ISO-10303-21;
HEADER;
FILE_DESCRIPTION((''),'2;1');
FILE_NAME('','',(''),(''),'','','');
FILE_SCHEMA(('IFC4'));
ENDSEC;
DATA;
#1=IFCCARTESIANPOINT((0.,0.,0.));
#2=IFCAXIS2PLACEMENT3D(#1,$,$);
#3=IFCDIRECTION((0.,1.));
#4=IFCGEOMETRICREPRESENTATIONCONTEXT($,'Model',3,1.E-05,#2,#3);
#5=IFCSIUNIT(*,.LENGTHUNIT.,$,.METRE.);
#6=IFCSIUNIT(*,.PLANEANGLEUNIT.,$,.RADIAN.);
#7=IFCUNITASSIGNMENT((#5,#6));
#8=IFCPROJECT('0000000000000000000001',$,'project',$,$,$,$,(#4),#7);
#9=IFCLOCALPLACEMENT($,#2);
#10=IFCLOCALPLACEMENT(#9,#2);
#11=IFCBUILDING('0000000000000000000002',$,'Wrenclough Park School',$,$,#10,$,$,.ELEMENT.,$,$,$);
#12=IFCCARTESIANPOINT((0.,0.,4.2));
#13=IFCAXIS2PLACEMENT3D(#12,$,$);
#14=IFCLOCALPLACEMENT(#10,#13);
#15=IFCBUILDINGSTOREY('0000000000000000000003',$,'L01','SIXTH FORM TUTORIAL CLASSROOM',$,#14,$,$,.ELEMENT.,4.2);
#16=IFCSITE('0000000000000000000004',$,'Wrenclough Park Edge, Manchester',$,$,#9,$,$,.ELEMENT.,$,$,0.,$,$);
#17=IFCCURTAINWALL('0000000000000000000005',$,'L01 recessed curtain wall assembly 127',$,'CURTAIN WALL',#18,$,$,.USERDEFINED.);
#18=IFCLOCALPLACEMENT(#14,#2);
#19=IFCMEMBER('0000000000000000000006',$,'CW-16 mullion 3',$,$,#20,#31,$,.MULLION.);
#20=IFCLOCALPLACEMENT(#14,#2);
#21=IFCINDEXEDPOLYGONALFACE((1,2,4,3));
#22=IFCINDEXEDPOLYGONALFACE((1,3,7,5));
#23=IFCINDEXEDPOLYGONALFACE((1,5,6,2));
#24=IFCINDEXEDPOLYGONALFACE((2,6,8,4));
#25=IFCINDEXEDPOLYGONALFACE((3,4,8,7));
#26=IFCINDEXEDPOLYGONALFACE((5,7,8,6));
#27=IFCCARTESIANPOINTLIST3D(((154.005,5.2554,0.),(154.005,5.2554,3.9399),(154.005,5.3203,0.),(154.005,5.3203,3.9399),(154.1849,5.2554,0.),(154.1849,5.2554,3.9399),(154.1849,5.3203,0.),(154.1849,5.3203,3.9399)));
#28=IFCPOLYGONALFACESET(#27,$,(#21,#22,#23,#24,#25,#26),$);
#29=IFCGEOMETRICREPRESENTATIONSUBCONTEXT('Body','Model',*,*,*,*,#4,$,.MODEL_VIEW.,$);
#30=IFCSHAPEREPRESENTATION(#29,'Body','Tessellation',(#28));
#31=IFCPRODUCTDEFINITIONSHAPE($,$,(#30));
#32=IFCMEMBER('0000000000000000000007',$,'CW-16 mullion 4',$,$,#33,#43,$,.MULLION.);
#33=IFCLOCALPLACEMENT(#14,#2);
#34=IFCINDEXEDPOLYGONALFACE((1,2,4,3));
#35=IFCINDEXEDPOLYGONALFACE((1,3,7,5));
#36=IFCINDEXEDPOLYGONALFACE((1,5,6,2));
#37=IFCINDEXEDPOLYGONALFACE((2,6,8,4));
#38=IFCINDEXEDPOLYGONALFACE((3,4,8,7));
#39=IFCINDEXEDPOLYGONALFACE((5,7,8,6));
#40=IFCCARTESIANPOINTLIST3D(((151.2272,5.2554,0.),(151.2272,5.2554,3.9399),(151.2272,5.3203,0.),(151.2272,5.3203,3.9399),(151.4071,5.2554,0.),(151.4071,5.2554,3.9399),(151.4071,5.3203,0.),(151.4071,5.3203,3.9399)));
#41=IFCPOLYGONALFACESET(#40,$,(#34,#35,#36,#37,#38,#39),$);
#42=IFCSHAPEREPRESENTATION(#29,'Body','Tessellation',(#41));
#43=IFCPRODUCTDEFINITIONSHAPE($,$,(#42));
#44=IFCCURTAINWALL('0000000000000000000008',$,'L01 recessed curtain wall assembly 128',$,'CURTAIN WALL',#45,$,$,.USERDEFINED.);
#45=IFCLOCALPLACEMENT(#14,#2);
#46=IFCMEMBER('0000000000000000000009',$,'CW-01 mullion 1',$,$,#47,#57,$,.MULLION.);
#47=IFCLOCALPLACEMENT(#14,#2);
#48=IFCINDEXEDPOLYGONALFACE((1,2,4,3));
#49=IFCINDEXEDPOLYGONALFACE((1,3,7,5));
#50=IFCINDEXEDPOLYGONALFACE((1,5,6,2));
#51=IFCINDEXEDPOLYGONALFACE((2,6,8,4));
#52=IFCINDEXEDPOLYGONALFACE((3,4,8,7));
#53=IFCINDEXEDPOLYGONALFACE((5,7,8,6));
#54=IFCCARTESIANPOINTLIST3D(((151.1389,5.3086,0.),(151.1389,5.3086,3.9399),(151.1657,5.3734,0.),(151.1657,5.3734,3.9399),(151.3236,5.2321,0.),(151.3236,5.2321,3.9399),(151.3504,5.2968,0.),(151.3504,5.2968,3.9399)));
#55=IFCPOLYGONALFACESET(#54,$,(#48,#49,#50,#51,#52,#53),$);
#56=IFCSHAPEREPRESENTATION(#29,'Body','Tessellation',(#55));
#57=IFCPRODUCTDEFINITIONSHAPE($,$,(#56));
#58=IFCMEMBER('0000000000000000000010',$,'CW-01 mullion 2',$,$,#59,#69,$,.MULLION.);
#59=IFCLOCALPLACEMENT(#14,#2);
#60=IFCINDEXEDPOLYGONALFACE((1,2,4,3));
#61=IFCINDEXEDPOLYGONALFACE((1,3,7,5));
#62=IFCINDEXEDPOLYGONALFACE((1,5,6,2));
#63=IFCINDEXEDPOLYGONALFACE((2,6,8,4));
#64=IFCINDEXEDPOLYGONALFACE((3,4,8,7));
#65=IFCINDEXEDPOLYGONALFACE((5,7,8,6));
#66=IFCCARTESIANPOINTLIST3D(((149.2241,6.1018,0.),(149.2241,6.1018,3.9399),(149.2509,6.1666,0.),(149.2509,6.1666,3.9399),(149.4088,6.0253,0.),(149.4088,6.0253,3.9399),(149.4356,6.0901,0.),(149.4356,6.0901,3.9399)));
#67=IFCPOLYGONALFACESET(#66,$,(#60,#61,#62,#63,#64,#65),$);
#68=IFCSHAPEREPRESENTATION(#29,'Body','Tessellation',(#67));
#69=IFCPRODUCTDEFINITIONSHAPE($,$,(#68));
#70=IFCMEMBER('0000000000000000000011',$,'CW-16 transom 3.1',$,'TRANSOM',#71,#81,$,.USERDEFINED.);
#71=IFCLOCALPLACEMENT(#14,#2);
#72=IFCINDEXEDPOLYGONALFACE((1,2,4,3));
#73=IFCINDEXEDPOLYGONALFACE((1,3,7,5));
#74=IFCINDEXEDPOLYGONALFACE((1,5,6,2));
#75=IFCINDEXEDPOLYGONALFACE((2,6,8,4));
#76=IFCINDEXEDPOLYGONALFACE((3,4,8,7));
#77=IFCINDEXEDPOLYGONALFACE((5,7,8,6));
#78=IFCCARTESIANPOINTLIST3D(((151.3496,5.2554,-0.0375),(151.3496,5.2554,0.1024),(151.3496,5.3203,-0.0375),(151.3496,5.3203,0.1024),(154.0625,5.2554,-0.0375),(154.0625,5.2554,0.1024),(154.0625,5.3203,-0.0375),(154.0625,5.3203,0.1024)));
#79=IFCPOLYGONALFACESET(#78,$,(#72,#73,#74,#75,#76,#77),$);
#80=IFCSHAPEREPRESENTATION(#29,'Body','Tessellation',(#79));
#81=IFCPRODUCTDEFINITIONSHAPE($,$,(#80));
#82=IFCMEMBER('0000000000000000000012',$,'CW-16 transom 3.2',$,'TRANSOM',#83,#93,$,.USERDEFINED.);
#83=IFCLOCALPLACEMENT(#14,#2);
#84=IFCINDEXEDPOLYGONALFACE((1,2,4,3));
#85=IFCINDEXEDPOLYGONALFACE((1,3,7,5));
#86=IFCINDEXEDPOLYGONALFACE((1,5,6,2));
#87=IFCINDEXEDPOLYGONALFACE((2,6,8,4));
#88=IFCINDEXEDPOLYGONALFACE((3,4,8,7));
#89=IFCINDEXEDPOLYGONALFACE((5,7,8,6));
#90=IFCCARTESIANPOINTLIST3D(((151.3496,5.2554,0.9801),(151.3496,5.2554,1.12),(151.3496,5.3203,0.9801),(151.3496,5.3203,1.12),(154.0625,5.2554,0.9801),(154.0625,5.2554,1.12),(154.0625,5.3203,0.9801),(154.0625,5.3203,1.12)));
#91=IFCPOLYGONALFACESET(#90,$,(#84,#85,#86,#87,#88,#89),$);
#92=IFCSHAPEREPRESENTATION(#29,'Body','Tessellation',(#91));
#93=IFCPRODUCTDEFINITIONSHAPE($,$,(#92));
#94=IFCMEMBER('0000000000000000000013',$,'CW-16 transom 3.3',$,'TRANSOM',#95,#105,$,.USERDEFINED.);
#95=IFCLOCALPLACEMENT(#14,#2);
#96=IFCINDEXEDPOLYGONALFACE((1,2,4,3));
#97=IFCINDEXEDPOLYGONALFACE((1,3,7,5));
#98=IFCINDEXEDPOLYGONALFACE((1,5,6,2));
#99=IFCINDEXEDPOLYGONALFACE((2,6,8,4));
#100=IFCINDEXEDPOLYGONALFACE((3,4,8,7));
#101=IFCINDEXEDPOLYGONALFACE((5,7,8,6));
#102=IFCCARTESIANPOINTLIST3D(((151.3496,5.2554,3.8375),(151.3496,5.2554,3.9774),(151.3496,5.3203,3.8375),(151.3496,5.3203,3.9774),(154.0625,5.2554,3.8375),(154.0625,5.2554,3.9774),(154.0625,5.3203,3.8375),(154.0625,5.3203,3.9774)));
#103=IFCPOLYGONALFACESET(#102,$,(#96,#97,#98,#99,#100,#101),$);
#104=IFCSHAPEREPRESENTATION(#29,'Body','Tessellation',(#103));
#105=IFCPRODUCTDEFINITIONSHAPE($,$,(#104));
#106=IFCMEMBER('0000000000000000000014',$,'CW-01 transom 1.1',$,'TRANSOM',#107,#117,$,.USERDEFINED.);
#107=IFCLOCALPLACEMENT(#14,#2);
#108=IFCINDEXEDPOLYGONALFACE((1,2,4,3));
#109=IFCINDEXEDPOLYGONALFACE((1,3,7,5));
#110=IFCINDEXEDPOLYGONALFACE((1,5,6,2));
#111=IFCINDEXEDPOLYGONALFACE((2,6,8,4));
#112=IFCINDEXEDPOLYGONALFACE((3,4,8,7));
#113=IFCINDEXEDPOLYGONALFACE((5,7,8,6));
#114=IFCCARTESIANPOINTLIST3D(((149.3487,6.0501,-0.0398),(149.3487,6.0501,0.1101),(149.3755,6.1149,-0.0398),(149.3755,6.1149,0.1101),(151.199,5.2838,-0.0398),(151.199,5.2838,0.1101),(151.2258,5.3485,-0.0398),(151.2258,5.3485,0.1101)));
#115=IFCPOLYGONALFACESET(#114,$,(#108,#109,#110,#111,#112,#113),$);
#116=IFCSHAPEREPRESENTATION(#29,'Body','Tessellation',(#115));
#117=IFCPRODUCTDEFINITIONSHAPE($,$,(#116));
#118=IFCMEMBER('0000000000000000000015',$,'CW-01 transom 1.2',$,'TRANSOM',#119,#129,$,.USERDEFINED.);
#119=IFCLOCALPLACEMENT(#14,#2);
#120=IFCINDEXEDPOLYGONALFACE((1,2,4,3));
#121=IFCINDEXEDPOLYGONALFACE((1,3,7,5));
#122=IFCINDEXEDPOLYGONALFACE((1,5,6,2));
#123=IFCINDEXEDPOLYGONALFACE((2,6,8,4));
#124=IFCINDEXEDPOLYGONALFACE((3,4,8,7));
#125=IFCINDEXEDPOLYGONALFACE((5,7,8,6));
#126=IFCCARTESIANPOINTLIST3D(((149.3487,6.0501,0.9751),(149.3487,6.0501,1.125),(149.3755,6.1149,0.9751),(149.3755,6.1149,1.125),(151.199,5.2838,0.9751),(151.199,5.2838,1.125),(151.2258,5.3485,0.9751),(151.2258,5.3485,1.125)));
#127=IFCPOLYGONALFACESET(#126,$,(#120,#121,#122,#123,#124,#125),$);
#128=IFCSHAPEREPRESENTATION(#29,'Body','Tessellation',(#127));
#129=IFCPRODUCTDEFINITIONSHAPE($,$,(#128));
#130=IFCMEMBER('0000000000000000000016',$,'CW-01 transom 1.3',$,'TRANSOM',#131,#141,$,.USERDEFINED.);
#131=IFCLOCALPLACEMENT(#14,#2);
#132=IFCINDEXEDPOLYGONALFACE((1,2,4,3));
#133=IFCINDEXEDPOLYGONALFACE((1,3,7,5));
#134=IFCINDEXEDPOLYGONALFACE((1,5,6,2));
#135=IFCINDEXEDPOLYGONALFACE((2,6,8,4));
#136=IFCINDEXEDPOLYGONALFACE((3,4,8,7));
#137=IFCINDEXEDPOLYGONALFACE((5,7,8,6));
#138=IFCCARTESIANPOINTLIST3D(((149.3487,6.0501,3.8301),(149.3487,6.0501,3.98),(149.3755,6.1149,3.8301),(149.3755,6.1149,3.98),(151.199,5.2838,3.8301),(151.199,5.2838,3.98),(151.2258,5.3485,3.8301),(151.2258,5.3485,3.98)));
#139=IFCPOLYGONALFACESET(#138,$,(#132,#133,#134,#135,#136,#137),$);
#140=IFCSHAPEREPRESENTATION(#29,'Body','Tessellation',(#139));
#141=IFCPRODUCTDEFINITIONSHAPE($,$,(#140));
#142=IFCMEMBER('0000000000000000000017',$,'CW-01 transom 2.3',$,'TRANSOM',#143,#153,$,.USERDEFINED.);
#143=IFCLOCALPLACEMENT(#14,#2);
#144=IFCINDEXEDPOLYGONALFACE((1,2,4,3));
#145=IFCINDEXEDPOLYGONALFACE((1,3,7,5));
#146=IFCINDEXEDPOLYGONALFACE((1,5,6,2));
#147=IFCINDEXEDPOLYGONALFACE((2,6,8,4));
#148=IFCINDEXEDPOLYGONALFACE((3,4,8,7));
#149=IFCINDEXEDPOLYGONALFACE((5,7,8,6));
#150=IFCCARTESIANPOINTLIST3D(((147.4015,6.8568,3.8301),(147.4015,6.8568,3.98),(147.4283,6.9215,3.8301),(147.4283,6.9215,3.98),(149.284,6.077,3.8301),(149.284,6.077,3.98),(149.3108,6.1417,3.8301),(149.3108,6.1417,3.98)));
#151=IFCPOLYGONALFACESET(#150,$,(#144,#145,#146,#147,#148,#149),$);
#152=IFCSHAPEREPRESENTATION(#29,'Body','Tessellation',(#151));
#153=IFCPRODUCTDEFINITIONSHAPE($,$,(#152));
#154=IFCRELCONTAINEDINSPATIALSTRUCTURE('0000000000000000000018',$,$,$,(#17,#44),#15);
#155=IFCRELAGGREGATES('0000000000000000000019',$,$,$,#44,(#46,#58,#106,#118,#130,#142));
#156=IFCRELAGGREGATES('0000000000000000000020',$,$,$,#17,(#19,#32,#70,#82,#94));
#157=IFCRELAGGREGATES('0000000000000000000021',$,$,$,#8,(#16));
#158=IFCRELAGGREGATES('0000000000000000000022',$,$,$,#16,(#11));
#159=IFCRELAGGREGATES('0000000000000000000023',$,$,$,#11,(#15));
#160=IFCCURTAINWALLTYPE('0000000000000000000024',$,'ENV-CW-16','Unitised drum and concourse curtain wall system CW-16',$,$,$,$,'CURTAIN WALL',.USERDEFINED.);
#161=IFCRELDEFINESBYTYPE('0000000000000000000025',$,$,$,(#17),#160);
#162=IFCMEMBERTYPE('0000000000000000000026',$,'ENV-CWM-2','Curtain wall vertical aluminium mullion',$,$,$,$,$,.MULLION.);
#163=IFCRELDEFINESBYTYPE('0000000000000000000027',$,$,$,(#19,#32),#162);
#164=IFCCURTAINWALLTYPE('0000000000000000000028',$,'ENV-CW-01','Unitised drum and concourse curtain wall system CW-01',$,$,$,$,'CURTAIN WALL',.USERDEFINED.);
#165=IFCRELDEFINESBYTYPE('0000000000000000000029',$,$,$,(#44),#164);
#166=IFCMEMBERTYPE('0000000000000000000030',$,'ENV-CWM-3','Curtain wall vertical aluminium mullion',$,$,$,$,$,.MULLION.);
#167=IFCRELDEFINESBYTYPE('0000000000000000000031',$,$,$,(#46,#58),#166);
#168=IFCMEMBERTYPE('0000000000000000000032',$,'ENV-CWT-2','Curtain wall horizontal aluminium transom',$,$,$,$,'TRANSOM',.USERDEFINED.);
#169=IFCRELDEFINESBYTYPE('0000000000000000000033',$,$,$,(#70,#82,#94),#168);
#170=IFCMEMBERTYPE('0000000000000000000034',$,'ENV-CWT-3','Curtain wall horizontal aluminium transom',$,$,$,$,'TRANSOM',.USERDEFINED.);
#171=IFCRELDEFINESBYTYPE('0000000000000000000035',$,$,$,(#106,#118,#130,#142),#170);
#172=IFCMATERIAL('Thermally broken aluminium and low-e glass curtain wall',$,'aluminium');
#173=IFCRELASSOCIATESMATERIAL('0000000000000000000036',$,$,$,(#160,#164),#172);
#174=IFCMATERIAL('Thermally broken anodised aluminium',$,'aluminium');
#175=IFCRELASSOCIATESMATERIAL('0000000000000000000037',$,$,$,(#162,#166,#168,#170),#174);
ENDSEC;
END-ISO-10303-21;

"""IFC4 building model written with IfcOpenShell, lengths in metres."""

from ifc_helpers import new_model, si_unit, direction, frame, origin, origin_2d, place, context, subcontext, project, spatial, rectangle, extrude, material, material_profile, profile_set, type_object, element, aggregate, save


model = new_model("IFC4")

# Units and contexts
model_context = context("Model", 3, precision=1e-05, world=origin(), true_north=direction((0.0, 1.0)))
body_context = subcontext(model_context, "Body", "Model", "MODEL_VIEW")
ifc_project = project(units=[si_unit("LENGTHUNIT", "METRE"), si_unit("PLANEANGLEUNIT", "RADIAN")], contexts=[model_context])

# Site, building, storey
site_placement = place(None, origin())
site = spatial("IfcSite", under=ifc_project, at=site_placement, Name="Wrenclough Park Edge, Manchester", CompositionType="ELEMENT", RefElevation=0.0)
building_placement = place(site_placement, origin())
building = spatial("IfcBuilding", under=site, at=building_placement, Name="Wrenclough Park School", CompositionType="ELEMENT")
storey_placement = place(building_placement, frame((0.0, 0.0, 4.2)))
storey = spatial("IfcBuildingStorey", under=building, at=storey_placement, Name="L01", Description="SIXTH FORM TUTORIAL CLASSROOM", CompositionType="ELEMENT", Elevation=4.2)

# Curtain walls, members
ifc_material_1 = material(Name="Thermally broken aluminium and low-e glass curtain wall", Category="aluminium")
curtain_wall_type_1 = type_object("IfcCurtainWallType", Name="ENV-CW-16", Description="Unitised drum and concourse curtain wall system CW-16", ElementType="CURTAIN WALL", PredefinedType="USERDEFINED", material=ifc_material_1)
curtain_wall_1_placement = place(storey_placement, origin())
curtain_wall_1 = element("IfcCurtainWall", 1, at=curtain_wall_1_placement, inside=storey, type_object=curtain_wall_type_1, Name="L01 recessed curtain wall assembly 127", ObjectType="CURTAIN WALL", PredefinedType="USERDEFINED")
ifc_material_2 = material(Name="Thermally broken anodised aluminium", Category="aluminium")
ifc_material_profile_1 = material_profile(ifc_material_2, rectangle(XDim=0.0649, YDim=0.1799, at=origin_2d()), Name="AL MULLION 65x180")
ifc_profile_set_1 = profile_set([ifc_material_profile_1], Name="Thermally broken anodised aluminium")
member_type_1 = type_object("IfcMemberType", Name="ENV-CWM-2", Description="Curtain wall vertical aluminium mullion", PredefinedType="MULLION", material=ifc_profile_set_1)
member_1_placement = place(storey_placement, frame((154.095, 5.2878, 0.0), z_axis=(0.0, 0.0, 1.0), x_axis=(0.0, -1.0, 0.0)))
member_1 = element("IfcMember", 2, at=member_1_placement, type_object=member_type_1, Name="CW-16 mullion 3", PredefinedType="MULLION", context=body_context, shape_type="SweptSolid", body=[
    extrude(rectangle(XDim=0.0649, YDim=0.1799, at=origin_2d()), origin(), (0.0, 0.0, 1.0), 3.9399),
])
member_2_placement = place(storey_placement, frame((151.3171, 5.2878, 0.0), z_axis=(0.0, 0.0, 1.0), x_axis=(0.0, -1.0, 0.0)))
member_2 = element("IfcMember", 3, at=member_2_placement, type_object=member_type_1, Name="CW-16 mullion 4", PredefinedType="MULLION", context=body_context, shape_type="SweptSolid", body=[
    extrude(rectangle(XDim=0.0649, YDim=0.1799, at=origin_2d()), origin(), (0.0, 0.0, 1.0), 3.9399),
])
curtain_wall_type_2 = type_object("IfcCurtainWallType", Name="ENV-CW-01", Description="Unitised drum and concourse curtain wall system CW-01", ElementType="CURTAIN WALL", PredefinedType="USERDEFINED", material=ifc_material_1)
curtain_wall_2_placement = place(storey_placement, origin())
curtain_wall_2 = element("IfcCurtainWall", 4, at=curtain_wall_2_placement, inside=storey, type_object=curtain_wall_type_2, Name="L01 recessed curtain wall assembly 128", ObjectType="CURTAIN WALL", PredefinedType="USERDEFINED")
ifc_material_profile_2 = material_profile(ifc_material_2, rectangle(XDim=0.0701, YDim=0.2, at=origin_2d()), Name="AL MULLION 70x200")
ifc_profile_set_2 = profile_set([ifc_material_profile_2], Name="Thermally broken anodised aluminium")
member_type_2 = type_object("IfcMemberType", Name="ENV-CWM-3", Description="Curtain wall vertical aluminium mullion", PredefinedType="MULLION", material=ifc_profile_set_2)
member_3_placement = place(storey_placement, frame((151.2446, 5.3027, 0.0), z_axis=(0.0, 0.0, 1.0), x_axis=(-0.382687, -0.923878, 0.0)))
member_3 = element("IfcMember", 5, at=member_3_placement, type_object=member_type_2, Name="CW-01 mullion 1", PredefinedType="MULLION", context=body_context, shape_type="SweptSolid", body=[
    extrude(rectangle(XDim=0.0701, YDim=0.2, at=origin_2d()), origin(), (0.0, 0.0, 1.0), 3.9399),
])
member_4_placement = place(storey_placement, frame((149.3298, 6.0959, 0.0), z_axis=(0.0, 0.0, 1.0), x_axis=(-0.382687, -0.923878, 0.0)))
member_4 = element("IfcMember", 6, at=member_4_placement, type_object=member_type_2, Name="CW-01 mullion 2", PredefinedType="MULLION", context=body_context, shape_type="SweptSolid", body=[
    extrude(rectangle(XDim=0.0701, YDim=0.2, at=origin_2d()), origin(), (0.0, 0.0, 1.0), 3.9399),
])

# Members
ifc_material_profile_3 = material_profile(ifc_material_2, rectangle(XDim=0.0649, YDim=0.1399, at=origin_2d()), Name="AL TRANSOM 65x140")
ifc_profile_set_3 = profile_set([ifc_material_profile_3], Name="Thermally broken anodised aluminium")
member_type_3 = type_object("IfcMemberType", Name="ENV-CWT-2", Description="Curtain wall horizontal aluminium transom", ElementType="TRANSOM", PredefinedType="USERDEFINED", material=ifc_profile_set_3)
member_5_placement = place(storey_placement, frame((154.0625, 5.2878, 0.0325), z_axis=(-1.0, 0.0, 0.0), x_axis=(0.0, -1.0, 0.0)))
member_5 = element("IfcMember", 7, at=member_5_placement, type_object=member_type_3, Name="CW-16 transom 3.1", ObjectType="TRANSOM", PredefinedType="USERDEFINED", context=body_context, shape_type="SweptSolid", body=[
    extrude(rectangle(XDim=0.0649, YDim=0.1399, at=origin_2d()), origin(), (0.0, 0.0, 1.0), 2.7129),
])
member_6_placement = place(storey_placement, frame((154.0625, 5.2878, 1.05), z_axis=(-1.0, 0.0, 0.0), x_axis=(0.0, -1.0, 0.0)))
member_6 = element("IfcMember", 8, at=member_6_placement, type_object=member_type_3, Name="CW-16 transom 3.2", ObjectType="TRANSOM", PredefinedType="USERDEFINED", context=body_context, shape_type="SweptSolid", body=[
    extrude(rectangle(XDim=0.0649, YDim=0.1399, at=origin_2d()), origin(), (0.0, 0.0, 1.0), 2.7129),
])
member_7_placement = place(storey_placement, frame((154.0625, 5.2878, 3.9075), z_axis=(-1.0, 0.0, 0.0), x_axis=(0.0, -1.0, 0.0)))
member_7 = element("IfcMember", 9, at=member_7_placement, type_object=member_type_3, Name="CW-16 transom 3.3", ObjectType="TRANSOM", PredefinedType="USERDEFINED", context=body_context, shape_type="SweptSolid", body=[
    extrude(rectangle(XDim=0.0649, YDim=0.1399, at=origin_2d()), origin(), (0.0, 0.0, 1.0), 2.7129),
])
ifc_material_profile_4 = material_profile(ifc_material_2, rectangle(XDim=0.0701, YDim=0.1499, at=origin_2d()), Name="AL TRANSOM 70x150")
ifc_profile_set_4 = profile_set([ifc_material_profile_4], Name="Thermally broken anodised aluminium")
member_type_4 = type_object("IfcMemberType", Name="ENV-CWT-3", Description="Curtain wall horizontal aluminium transom", ElementType="TRANSOM", PredefinedType="USERDEFINED", material=ifc_profile_set_4)
member_8_placement = place(storey_placement, frame((151.2124, 5.3162, 0.0352), z_axis=(-0.923894, 0.38265, 0.0), x_axis=(-0.38265, -0.923894, 0.0)))
member_8 = element("IfcMember", 10, at=member_8_placement, type_object=member_type_4, Name="CW-01 transom 1.1", ObjectType="TRANSOM", PredefinedType="USERDEFINED", context=body_context, shape_type="SweptSolid", body=[
    extrude(rectangle(XDim=0.0701, YDim=0.1499, at=origin_2d()), origin(), (0.0, 0.0, 1.0), 2.0027),
])
member_9_placement = place(storey_placement, frame((151.2124, 5.3162, 1.05), z_axis=(-0.923894, 0.38265, 0.0), x_axis=(-0.38265, -0.923894, 0.0)))
member_9 = element("IfcMember", 11, at=member_9_placement, type_object=member_type_4, Name="CW-01 transom 1.2", ObjectType="TRANSOM", PredefinedType="USERDEFINED", context=body_context, shape_type="SweptSolid", body=[
    extrude(rectangle(XDim=0.0701, YDim=0.1499, at=origin_2d()), origin(), (0.0, 0.0, 1.0), 2.0027),
])
member_10_placement = place(storey_placement, frame((151.2124, 5.3162, 3.905), z_axis=(-0.923894, 0.38265, 0.0), x_axis=(-0.38265, -0.923894, 0.0)))
member_10 = element("IfcMember", 12, at=member_10_placement, type_object=member_type_4, Name="CW-01 transom 1.3", ObjectType="TRANSOM", PredefinedType="USERDEFINED", context=body_context, shape_type="SweptSolid", body=[
    extrude(rectangle(XDim=0.0701, YDim=0.1499, at=origin_2d()), origin(), (0.0, 0.0, 1.0), 2.0027),
])
member_11_placement = place(storey_placement, frame((149.2974, 6.1094, 3.905), z_axis=(-0.92388, 0.382683, 0.0), x_axis=(-0.382683, -0.92388, 0.0)))
member_11 = element("IfcMember", 13, at=member_11_placement, type_object=member_type_4, Name="CW-01 transom 2.3", ObjectType="TRANSOM", PredefinedType="USERDEFINED", context=body_context, shape_type="SweptSolid", body=[
    extrude(rectangle(XDim=0.0701, YDim=0.1499, at=origin_2d()), origin(), (0.0, 0.0, 1.0), 2.0376),
])

aggregate(curtain_wall_2, [member_3, member_4, member_8, member_9, member_10, member_11])
aggregate(curtain_wall_1, [member_1, member_2, member_5, member_6, member_7])

save(model, "model.ifc")
